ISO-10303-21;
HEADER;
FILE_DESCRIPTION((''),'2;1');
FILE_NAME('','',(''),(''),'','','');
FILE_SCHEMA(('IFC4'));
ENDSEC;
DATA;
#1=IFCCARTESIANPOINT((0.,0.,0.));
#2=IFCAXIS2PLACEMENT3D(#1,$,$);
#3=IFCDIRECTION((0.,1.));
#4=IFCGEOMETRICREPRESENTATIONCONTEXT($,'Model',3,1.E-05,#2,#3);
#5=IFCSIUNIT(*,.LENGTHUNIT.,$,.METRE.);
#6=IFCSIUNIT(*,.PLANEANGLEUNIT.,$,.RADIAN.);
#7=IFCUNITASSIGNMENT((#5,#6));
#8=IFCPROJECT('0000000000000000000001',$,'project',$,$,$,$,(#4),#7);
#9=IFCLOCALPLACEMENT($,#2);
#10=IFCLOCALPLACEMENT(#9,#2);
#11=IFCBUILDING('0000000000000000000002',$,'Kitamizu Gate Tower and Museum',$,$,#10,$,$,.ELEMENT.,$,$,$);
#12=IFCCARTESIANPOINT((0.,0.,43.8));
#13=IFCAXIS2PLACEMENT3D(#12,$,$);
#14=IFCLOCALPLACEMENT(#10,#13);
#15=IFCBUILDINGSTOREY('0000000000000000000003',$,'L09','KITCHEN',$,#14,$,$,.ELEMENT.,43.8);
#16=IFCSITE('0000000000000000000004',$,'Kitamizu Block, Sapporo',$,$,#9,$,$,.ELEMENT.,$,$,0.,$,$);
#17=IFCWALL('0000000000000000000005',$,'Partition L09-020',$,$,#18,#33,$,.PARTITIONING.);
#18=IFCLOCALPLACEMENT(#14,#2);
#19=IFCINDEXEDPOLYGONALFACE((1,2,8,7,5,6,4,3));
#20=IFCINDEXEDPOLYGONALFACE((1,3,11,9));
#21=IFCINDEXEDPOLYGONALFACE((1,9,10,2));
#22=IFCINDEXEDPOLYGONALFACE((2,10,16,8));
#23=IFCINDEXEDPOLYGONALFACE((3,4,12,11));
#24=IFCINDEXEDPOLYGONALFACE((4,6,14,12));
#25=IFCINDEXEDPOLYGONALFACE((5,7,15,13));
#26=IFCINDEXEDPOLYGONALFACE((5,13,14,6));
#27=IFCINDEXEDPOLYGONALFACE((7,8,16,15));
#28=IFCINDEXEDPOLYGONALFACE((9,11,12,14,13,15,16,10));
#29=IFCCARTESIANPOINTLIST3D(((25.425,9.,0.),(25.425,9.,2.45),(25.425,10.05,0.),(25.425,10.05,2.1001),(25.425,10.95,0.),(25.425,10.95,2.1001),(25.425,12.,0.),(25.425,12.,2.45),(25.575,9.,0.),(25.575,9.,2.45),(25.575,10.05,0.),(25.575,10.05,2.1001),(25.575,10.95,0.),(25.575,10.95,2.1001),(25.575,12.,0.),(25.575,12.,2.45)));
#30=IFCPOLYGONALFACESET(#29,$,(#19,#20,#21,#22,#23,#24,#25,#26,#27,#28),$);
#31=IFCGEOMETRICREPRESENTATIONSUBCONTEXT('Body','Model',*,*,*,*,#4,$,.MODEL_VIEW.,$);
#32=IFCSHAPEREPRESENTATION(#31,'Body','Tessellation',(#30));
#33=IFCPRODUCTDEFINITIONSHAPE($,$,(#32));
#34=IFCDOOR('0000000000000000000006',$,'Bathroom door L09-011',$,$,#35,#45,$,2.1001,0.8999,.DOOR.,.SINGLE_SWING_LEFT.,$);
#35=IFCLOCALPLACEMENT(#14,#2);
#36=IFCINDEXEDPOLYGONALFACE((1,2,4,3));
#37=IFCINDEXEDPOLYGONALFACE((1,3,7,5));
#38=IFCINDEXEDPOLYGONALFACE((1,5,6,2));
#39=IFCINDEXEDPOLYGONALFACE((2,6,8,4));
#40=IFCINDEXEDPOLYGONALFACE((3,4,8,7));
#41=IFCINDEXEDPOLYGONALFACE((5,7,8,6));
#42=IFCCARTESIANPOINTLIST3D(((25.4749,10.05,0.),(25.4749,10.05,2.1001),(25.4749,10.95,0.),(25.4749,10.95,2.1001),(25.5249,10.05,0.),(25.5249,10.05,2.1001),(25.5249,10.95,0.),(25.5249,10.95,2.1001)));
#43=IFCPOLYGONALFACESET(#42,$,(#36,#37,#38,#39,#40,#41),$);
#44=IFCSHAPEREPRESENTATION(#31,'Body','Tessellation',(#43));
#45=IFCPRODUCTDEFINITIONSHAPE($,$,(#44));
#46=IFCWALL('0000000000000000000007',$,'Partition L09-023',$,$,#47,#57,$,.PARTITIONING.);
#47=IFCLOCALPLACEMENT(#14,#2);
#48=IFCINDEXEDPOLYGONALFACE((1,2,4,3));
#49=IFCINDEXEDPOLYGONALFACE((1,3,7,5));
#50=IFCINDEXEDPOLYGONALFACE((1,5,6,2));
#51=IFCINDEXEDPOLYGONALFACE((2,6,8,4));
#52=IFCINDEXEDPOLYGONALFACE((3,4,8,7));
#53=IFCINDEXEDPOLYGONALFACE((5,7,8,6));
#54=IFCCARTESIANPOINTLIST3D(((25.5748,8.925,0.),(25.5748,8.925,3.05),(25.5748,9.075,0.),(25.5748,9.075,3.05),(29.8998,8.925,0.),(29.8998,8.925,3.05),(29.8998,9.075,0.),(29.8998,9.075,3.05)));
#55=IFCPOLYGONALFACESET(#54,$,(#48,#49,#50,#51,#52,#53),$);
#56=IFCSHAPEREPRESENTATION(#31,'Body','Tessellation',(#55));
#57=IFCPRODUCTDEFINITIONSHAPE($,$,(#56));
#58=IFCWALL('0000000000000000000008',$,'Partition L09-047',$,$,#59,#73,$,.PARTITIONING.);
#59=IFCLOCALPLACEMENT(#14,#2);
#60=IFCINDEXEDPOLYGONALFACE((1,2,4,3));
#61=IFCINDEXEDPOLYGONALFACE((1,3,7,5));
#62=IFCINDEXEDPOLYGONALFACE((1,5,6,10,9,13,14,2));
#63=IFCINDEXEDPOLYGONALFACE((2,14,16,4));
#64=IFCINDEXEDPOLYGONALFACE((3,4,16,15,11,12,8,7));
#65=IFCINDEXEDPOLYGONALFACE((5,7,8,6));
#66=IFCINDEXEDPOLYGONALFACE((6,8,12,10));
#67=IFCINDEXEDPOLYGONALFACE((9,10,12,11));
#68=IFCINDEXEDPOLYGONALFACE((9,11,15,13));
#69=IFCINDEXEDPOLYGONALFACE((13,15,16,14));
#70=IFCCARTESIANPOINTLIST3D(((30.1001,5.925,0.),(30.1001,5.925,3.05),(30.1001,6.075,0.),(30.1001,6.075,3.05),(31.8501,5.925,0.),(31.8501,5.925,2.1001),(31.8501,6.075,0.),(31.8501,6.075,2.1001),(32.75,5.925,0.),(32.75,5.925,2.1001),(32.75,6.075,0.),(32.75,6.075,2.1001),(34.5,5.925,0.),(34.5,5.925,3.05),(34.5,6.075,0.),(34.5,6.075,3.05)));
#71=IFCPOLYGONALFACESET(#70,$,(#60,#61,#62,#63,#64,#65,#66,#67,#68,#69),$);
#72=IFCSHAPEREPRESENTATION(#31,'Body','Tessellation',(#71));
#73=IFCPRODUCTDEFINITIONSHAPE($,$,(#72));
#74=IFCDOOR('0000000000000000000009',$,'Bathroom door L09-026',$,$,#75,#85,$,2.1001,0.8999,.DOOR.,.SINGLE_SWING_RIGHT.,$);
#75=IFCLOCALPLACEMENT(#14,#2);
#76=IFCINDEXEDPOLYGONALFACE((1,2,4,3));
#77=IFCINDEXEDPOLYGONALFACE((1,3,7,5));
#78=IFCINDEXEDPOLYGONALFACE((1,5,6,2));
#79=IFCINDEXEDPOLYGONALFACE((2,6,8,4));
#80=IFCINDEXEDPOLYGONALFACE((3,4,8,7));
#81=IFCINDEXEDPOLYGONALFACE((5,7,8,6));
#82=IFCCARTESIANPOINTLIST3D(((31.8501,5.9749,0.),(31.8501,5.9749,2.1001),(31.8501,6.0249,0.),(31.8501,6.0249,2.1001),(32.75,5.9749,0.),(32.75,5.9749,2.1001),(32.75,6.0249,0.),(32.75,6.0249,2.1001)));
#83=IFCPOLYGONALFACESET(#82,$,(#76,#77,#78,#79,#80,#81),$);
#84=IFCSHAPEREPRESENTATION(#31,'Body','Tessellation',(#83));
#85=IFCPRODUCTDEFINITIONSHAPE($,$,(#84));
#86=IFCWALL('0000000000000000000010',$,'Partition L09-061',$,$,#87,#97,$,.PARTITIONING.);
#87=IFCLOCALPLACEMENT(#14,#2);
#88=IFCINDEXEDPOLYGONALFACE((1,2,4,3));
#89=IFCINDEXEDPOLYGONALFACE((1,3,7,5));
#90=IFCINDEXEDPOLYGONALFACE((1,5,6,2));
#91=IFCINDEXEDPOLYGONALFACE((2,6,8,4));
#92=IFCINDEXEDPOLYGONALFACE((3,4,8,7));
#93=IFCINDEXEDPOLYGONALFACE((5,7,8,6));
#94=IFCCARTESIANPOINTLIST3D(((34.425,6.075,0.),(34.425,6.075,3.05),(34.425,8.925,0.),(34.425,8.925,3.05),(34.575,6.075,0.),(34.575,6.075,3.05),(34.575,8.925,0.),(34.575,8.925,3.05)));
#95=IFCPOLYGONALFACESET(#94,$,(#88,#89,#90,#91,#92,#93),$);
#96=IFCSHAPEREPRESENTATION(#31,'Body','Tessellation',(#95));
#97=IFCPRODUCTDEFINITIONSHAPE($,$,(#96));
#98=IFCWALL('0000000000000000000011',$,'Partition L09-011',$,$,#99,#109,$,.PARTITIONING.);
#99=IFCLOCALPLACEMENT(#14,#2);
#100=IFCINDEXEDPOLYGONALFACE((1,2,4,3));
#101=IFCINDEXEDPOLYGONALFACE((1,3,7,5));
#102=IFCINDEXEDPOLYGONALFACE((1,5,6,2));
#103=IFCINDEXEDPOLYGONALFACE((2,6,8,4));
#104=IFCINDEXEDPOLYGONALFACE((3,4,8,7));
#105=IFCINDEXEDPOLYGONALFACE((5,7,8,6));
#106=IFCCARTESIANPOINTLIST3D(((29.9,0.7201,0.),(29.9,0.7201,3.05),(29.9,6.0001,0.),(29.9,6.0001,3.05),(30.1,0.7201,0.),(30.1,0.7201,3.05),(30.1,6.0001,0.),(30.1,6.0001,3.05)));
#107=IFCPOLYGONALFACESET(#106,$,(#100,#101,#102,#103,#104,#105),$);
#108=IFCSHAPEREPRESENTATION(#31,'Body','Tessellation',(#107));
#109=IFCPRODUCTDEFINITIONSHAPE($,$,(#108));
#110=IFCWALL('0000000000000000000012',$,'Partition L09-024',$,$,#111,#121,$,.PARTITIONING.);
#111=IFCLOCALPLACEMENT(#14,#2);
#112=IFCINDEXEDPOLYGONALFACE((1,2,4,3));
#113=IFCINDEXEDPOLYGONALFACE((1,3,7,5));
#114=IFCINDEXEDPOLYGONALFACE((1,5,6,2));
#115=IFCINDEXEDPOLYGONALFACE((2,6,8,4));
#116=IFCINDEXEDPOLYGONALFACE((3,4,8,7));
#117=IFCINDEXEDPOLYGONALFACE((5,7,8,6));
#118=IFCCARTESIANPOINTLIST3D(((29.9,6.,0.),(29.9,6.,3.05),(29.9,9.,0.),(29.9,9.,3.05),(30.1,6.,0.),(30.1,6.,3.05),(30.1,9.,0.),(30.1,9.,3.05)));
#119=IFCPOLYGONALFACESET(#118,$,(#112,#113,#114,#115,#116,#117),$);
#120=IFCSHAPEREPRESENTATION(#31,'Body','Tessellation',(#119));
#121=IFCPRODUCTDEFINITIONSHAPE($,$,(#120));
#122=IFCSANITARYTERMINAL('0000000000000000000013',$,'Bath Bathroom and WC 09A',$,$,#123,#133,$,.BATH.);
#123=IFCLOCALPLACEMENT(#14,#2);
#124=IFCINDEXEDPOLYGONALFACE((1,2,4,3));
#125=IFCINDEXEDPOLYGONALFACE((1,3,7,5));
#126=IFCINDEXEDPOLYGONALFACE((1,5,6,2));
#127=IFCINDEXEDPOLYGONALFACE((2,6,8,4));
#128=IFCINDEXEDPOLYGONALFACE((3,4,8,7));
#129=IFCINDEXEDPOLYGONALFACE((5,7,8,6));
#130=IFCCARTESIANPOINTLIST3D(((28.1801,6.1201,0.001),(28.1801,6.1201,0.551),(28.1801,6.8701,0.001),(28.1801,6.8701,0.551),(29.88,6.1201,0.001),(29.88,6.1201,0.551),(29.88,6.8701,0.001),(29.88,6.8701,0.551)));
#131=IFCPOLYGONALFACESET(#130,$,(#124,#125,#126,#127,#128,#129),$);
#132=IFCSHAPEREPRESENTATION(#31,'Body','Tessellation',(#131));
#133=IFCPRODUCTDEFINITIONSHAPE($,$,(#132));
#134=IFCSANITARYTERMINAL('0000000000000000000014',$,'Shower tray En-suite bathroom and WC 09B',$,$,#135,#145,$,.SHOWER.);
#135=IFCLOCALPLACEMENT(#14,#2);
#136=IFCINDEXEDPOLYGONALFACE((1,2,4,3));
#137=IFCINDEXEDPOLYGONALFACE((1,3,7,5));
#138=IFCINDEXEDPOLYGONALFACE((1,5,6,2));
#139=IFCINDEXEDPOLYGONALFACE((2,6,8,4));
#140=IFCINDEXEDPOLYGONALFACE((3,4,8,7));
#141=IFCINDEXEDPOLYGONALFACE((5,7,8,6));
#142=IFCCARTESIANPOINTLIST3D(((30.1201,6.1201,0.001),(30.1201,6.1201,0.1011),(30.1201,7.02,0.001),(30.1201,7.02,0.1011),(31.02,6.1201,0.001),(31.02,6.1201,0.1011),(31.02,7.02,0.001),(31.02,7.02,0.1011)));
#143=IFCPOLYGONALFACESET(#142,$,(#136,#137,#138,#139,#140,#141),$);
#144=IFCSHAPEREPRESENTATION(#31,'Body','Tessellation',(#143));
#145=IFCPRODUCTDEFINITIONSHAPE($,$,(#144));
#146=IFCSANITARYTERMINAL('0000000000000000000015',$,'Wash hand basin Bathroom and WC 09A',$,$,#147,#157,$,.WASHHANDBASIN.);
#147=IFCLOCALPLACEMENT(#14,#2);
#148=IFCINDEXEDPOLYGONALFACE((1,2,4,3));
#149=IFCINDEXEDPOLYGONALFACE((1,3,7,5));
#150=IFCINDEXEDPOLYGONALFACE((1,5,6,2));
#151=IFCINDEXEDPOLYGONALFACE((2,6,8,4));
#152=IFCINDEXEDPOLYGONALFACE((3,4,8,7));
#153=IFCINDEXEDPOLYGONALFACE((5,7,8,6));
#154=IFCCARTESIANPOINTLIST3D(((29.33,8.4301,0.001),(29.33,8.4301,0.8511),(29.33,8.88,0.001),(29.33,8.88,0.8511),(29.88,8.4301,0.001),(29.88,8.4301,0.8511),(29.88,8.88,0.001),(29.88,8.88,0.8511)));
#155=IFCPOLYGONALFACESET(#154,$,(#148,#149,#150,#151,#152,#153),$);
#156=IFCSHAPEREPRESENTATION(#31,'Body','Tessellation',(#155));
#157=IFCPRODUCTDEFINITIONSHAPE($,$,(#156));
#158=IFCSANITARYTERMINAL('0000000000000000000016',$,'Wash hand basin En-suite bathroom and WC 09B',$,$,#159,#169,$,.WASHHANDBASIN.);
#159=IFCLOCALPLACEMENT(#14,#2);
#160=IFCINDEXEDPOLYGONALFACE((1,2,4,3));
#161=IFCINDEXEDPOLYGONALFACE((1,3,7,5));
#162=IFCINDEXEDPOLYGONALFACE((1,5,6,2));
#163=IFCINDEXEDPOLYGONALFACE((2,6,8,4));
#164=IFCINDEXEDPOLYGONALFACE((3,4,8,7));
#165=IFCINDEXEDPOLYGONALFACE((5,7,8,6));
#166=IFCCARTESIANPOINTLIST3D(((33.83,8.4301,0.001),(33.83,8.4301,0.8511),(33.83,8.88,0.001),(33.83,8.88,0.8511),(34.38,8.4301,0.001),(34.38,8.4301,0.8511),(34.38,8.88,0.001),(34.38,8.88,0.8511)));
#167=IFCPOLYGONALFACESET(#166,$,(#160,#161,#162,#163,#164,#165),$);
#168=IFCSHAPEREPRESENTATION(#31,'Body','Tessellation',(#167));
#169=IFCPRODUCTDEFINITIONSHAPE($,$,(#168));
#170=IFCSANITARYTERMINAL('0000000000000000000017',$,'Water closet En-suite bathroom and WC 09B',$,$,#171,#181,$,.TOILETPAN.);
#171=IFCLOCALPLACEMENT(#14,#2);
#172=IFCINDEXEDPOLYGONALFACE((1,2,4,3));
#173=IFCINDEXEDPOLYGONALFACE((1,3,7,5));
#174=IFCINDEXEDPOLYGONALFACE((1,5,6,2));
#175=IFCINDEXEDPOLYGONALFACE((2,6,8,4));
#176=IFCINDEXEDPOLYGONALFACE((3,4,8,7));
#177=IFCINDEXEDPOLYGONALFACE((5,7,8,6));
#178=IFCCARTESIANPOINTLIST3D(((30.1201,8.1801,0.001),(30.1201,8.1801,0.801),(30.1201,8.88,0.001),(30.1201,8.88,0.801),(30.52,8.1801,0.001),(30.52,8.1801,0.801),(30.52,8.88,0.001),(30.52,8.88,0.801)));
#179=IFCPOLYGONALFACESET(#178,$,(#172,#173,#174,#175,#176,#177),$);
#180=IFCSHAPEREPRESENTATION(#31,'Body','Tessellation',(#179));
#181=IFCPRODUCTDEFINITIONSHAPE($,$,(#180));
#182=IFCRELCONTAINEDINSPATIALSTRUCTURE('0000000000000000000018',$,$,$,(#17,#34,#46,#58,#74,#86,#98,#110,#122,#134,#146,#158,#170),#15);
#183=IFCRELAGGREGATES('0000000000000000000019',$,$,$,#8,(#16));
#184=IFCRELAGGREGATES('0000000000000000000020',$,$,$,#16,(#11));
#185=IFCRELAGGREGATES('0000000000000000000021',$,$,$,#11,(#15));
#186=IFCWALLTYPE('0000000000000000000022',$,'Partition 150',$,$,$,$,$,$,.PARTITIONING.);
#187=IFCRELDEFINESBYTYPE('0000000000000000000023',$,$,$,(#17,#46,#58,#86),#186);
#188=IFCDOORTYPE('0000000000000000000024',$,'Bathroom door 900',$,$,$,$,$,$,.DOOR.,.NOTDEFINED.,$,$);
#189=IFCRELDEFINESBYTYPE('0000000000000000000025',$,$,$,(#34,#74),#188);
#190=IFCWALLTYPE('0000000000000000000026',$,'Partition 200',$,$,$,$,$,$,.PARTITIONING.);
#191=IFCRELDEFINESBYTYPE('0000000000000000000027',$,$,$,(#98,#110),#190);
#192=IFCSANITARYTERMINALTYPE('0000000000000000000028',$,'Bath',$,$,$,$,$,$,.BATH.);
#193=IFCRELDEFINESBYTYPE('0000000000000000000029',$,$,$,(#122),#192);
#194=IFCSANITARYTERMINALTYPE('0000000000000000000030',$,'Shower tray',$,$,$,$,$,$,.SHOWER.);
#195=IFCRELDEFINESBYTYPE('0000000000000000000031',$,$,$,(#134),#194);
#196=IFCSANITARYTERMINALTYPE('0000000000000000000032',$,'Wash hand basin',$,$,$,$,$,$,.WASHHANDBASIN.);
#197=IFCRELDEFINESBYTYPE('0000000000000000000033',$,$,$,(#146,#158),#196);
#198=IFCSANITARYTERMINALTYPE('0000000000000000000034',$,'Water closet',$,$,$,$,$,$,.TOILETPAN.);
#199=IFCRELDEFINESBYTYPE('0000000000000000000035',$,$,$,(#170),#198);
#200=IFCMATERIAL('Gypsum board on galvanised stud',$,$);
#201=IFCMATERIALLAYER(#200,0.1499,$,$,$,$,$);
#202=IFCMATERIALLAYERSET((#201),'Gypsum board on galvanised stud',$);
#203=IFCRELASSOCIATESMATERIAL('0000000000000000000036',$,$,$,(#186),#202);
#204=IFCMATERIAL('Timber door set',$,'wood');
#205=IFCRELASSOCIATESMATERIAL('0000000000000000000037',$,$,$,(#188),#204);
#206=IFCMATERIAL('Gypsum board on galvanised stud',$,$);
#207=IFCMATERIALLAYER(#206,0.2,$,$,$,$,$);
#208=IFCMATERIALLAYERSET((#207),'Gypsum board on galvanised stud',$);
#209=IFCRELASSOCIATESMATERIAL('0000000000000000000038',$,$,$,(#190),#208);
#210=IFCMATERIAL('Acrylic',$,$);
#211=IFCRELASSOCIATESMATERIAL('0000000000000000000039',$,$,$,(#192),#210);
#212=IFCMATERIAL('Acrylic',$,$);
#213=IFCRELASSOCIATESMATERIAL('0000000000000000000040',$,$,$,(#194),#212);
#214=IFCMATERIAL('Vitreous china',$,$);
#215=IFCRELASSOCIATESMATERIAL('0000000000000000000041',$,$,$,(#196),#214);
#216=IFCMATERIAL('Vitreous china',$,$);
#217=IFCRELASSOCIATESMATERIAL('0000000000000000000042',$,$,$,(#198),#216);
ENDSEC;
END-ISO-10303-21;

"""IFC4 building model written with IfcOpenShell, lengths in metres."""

from ifc_helpers import new_model, si_unit, direction, frame, frame_2d, origin, origin_2d, place, context, subcontext, project, spatial, rectangle, extrude, material, layer, layer_set, type_object, element, fill, save


model = new_model("IFC4")

# Units and contexts
model_context = context("Model", 3, precision=1e-05, world=origin(), true_north=direction((0.0, 1.0)))
body_context = subcontext(model_context, "Body", "Model", "MODEL_VIEW")
ifc_project = project(units=[si_unit("LENGTHUNIT", "METRE"), si_unit("PLANEANGLEUNIT", "RADIAN")], contexts=[model_context])

# Site, building, storey
site_placement = place(None, origin())
site = spatial("IfcSite", under=ifc_project, at=site_placement, Name="Kitamizu Block, Sapporo", CompositionType="ELEMENT", RefElevation=0.0)
building_placement = place(site_placement, origin())
building = spatial("IfcBuilding", under=site, at=building_placement, Name="Kitamizu Gate Tower and Museum", CompositionType="ELEMENT")
storey_placement = place(building_placement, frame((0.0, 0.0, 43.8)))
storey = spatial("IfcBuildingStorey", under=building, at=storey_placement, Name="L09", Description="KITCHEN", CompositionType="ELEMENT", Elevation=43.8)

# Shared definitions
ifc_material_1 = material(Name="Gypsum board on galvanised stud")
ifc_layer_1 = layer(ifc_material_1, 0.1499)
ifc_layer_set_1 = layer_set([ifc_layer_1], Name="Gypsum board on galvanised stud")
wall_type_1 = type_object("IfcWallType", Name="Partition 150", PredefinedType="PARTITIONING", material=ifc_layer_set_1)

# Wall, opening, door
ifc_material_2 = material(Name="Timber door set", Category="wood")
door_type_1 = type_object("IfcDoorType", Name="Bathroom door 900", OperationType="NOTDEFINED", PredefinedType="DOOR", material=ifc_material_2)
wall_1_placement = place(storey_placement, frame((25.5, 9.0, 0.0), z_axis=(0.0, 0.0, 1.0), x_axis=(0.0, 1.0, 0.0)))
wall_1 = element("IfcWall", 1, at=wall_1_placement, inside=storey, type_object=wall_type_1, Name="Partition L09-020", PredefinedType="PARTITIONING", context=body_context, shape_type="SweptSolid", body=[
    extrude(rectangle(XDim=3.0, YDim=0.1499, at=frame_2d((1.5, 0.0))), origin(), (0.0, 0.0, 1.0), 2.45),
])
opening_1_placement = place(wall_1_placement, frame((1.05, 0.0, 0.0)))
opening_1 = element("IfcOpeningElement", 2, at=opening_1_placement, cuts=wall_1, PredefinedType="OPENING", context=body_context, shape_type="SweptSolid", body=[
    extrude(rectangle(XDim=0.8999, YDim=2.1001, at=frame_2d((0.45, 1.05))), frame((0.0, 0.085, 0.0), z_axis=(0.0, -1.0, 0.0), x_axis=(1.0, 0.0, 0.0)), (0.0, 0.0, 1.0), 0.1699),
])
door_1_placement = place(opening_1_placement, frame((0.8999, 0.0, 0.0), x_axis=(-1.0, 0.0, 0.0)))
door_1 = element("IfcDoor", 3, at=door_1_placement, inside=storey, type_object=door_type_1, Name="Bathroom door L09-011", OperationType="SINGLE_SWING_LEFT", OverallHeight=2.1001, OverallWidth=0.8999, PredefinedType="DOOR", context=body_context, shape_type="SweptSolid", body=[
    extrude(rectangle(XDim=0.8999, YDim=2.1001, at=frame_2d((0.45, 1.05))), frame((0.0, 0.0249, 0.0), z_axis=(0.0, -1.0, 0.0), x_axis=(1.0, 0.0, 0.0)), (0.0, 0.0, 1.0), 0.05),
])
fill(opening_1, door_1)

# Wall
wall_2_placement = place(storey_placement, frame((29.8999, 9.0, 0.0), z_axis=(0.0, 0.0, 1.0), x_axis=(-1.0, 0.0, 0.0)))
element("IfcWall", 4, at=wall_2_placement, inside=storey, type_object=wall_type_1, Name="Partition L09-023", PredefinedType="PARTITIONING", context=body_context, shape_type="SweptSolid", body=[
    extrude(rectangle(XDim=4.325, YDim=0.1499, at=frame_2d((2.1626, 0.0))), origin(), (0.0, 0.0, 1.0), 3.05),
])

# Wall, opening, door
wall_3_placement = place(storey_placement, frame((34.5, 6.0, 0.0), z_axis=(0.0, 0.0, 1.0), x_axis=(-1.0, 0.0, 0.0)))
wall_3 = element("IfcWall", 5, at=wall_3_placement, inside=storey, type_object=wall_type_1, Name="Partition L09-047", PredefinedType="PARTITIONING", context=body_context, shape_type="SweptSolid", body=[
    extrude(rectangle(XDim=4.3999, YDim=0.1499, at=frame_2d((2.2, 0.0))), origin(), (0.0, 0.0, 1.0), 3.05),
])
opening_2_placement = place(wall_3_placement, frame((1.75, 0.0, 0.0)))
opening_2 = element("IfcOpeningElement", 6, at=opening_2_placement, cuts=wall_3, PredefinedType="OPENING", context=body_context, shape_type="SweptSolid", body=[
    extrude(rectangle(XDim=0.8999, YDim=2.1001, at=frame_2d((0.45, 1.05))), frame((0.0, 0.085, 0.0), z_axis=(0.0, -1.0, 0.0), x_axis=(1.0, 0.0, 0.0)), (0.0, 0.0, 1.0), 0.1699),
])
door_2_placement = place(opening_2_placement, frame((0.8999, 0.0, 0.0), x_axis=(-1.0, 0.0, 0.0)))
door_2 = element("IfcDoor", 7, at=door_2_placement, inside=storey, type_object=door_type_1, Name="Bathroom door L09-026", OperationType="SINGLE_SWING_RIGHT", OverallHeight=2.1001, OverallWidth=0.8999, PredefinedType="DOOR", context=body_context, shape_type="SweptSolid", body=[
    extrude(rectangle(XDim=0.8999, YDim=2.1001, at=frame_2d((0.45, 1.05))), frame((0.0, 0.0249, 0.0), z_axis=(0.0, -1.0, 0.0), x_axis=(1.0, 0.0, 0.0)), (0.0, 0.0, 1.0), 0.05),
])
fill(opening_2, door_2)

# Walls
wall_4_placement = place(storey_placement, frame((34.5, 6.075, 0.0), z_axis=(0.0, 0.0, 1.0), x_axis=(0.0, 1.0, 0.0)))
element("IfcWall", 8, at=wall_4_placement, inside=storey, type_object=wall_type_1, Name="Partition L09-061", PredefinedType="PARTITIONING", context=body_context, shape_type="SweptSolid", body=[
    extrude(rectangle(XDim=2.8501, YDim=0.1499, at=frame_2d((1.425, 0.0))), origin(), (0.0, 0.0, 1.0), 3.05),
])
ifc_material_3 = material(Name="Gypsum board on galvanised stud")
ifc_layer_2 = layer(ifc_material_3, 0.2)
ifc_layer_set_2 = layer_set([ifc_layer_2], Name="Gypsum board on galvanised stud")
wall_type_2 = type_object("IfcWallType", Name="Partition 200", PredefinedType="PARTITIONING", material=ifc_layer_set_2)
wall_5_placement = place(storey_placement, frame((30.0, 0.72, 0.0), z_axis=(0.0, 0.0, 1.0), x_axis=(0.0, 1.0, 0.0)))
element("IfcWall", 9, at=wall_5_placement, inside=storey, type_object=wall_type_2, Name="Partition L09-011", PredefinedType="PARTITIONING", context=body_context, shape_type="SweptSolid", body=[
    extrude(rectangle(XDim=5.28, YDim=0.2, at=frame_2d((2.6401, 0.0))), origin(), (0.0, 0.0, 1.0), 3.05),
])
wall_6_placement = place(storey_placement, frame((30.0, 6.0, 0.0), z_axis=(0.0, 0.0, 1.0), x_axis=(0.0, 1.0, 0.0)))
element("IfcWall", 10, at=wall_6_placement, inside=storey, type_object=wall_type_2, Name="Partition L09-024", PredefinedType="PARTITIONING", context=body_context, shape_type="SweptSolid", body=[
    extrude(rectangle(XDim=3.0, YDim=0.2, at=frame_2d((1.5, 0.0))), origin(), (0.0, 0.0, 1.0), 3.05),
])

# Sanitary terminals
ifc_material_4 = material(Name="Acrylic")
sanitary_terminal_type_1 = type_object("IfcSanitaryTerminalType", Name="Bath", PredefinedType="BATH", material=ifc_material_4)
sanitary_terminal_1_placement = place(storey_placement, frame((29.03, 6.4951, 0.001), z_axis=(0.0, 0.0, 1.0), x_axis=(1.0, 0.0, 0.0)))
element("IfcSanitaryTerminal", 11, at=sanitary_terminal_1_placement, inside=storey, type_object=sanitary_terminal_type_1, Name="Bath Bathroom and WC 09A", PredefinedType="BATH", context=body_context, shape_type="SweptSolid", body=[
    extrude(rectangle(XDim=1.7, YDim=0.75, at=origin_2d()), origin(), (0.0, 0.0, 1.0), 0.55),
])
ifc_material_5 = material(Name="Acrylic")
sanitary_terminal_type_2 = type_object("IfcSanitaryTerminalType", Name="Shower tray", PredefinedType="SHOWER", material=ifc_material_5)
sanitary_terminal_2_placement = place(storey_placement, frame((30.5701, 6.5701, 0.001), z_axis=(0.0, 0.0, 1.0), x_axis=(1.0, 0.0, 0.0)))
element("IfcSanitaryTerminal", 12, at=sanitary_terminal_2_placement, inside=storey, type_object=sanitary_terminal_type_2, Name="Shower tray En-suite bathroom and WC 09B", PredefinedType="SHOWER", context=body_context, shape_type="SweptSolid", body=[
    extrude(rectangle(XDim=0.8999, YDim=0.8999, at=origin_2d()), origin(), (0.0, 0.0, 1.0), 0.1001),
])
ifc_material_6 = material(Name="Vitreous china")
sanitary_terminal_type_3 = type_object("IfcSanitaryTerminalType", Name="Wash hand basin", PredefinedType="WASHHANDBASIN", material=ifc_material_6)
for number, where, z_axis, x_axis, name in (
    (13, (29.605, 8.655, 0.001), (0.0, 0.0, 1.0), (1.0, 0.0, 0.0), "Wash hand basin Bathroom and WC 09A"),
    (14, (34.105, 8.655, 0.001), (0.0, 0.0, 1.0), (1.0, 0.0, 0.0), "Wash hand basin En-suite bathroom and WC 09B"),
):
    element("IfcSanitaryTerminal", number, at=place(storey_placement, frame(where, z_axis=z_axis, x_axis=x_axis)), inside=storey, type_object=sanitary_terminal_type_3, Name=name, PredefinedType="WASHHANDBASIN", context=body_context, shape_type="SweptSolid", body=[
        extrude(rectangle(XDim=0.55, YDim=0.45, at=origin_2d()), origin(), (0.0, 0.0, 1.0), 0.8501),
    ])
ifc_material_7 = material(Name="Vitreous china")
sanitary_terminal_type_4 = type_object("IfcSanitaryTerminalType", Name="Water closet", PredefinedType="TOILETPAN", material=ifc_material_7)
sanitary_terminal_3_placement = place(storey_placement, frame((30.3201, 8.53, 0.001), z_axis=(0.0, 0.0, 1.0), x_axis=(1.0, 0.0, 0.0)))
element("IfcSanitaryTerminal", 15, at=sanitary_terminal_3_placement, inside=storey, type_object=sanitary_terminal_type_4, Name="Water closet En-suite bathroom and WC 09B", PredefinedType="TOILETPAN", context=body_context, shape_type="SweptSolid", body=[
    extrude(rectangle(XDim=0.3999, YDim=0.7, at=origin_2d()), origin(), (0.0, 0.0, 1.0), 0.8),
])

save(model, "model.ifc")
